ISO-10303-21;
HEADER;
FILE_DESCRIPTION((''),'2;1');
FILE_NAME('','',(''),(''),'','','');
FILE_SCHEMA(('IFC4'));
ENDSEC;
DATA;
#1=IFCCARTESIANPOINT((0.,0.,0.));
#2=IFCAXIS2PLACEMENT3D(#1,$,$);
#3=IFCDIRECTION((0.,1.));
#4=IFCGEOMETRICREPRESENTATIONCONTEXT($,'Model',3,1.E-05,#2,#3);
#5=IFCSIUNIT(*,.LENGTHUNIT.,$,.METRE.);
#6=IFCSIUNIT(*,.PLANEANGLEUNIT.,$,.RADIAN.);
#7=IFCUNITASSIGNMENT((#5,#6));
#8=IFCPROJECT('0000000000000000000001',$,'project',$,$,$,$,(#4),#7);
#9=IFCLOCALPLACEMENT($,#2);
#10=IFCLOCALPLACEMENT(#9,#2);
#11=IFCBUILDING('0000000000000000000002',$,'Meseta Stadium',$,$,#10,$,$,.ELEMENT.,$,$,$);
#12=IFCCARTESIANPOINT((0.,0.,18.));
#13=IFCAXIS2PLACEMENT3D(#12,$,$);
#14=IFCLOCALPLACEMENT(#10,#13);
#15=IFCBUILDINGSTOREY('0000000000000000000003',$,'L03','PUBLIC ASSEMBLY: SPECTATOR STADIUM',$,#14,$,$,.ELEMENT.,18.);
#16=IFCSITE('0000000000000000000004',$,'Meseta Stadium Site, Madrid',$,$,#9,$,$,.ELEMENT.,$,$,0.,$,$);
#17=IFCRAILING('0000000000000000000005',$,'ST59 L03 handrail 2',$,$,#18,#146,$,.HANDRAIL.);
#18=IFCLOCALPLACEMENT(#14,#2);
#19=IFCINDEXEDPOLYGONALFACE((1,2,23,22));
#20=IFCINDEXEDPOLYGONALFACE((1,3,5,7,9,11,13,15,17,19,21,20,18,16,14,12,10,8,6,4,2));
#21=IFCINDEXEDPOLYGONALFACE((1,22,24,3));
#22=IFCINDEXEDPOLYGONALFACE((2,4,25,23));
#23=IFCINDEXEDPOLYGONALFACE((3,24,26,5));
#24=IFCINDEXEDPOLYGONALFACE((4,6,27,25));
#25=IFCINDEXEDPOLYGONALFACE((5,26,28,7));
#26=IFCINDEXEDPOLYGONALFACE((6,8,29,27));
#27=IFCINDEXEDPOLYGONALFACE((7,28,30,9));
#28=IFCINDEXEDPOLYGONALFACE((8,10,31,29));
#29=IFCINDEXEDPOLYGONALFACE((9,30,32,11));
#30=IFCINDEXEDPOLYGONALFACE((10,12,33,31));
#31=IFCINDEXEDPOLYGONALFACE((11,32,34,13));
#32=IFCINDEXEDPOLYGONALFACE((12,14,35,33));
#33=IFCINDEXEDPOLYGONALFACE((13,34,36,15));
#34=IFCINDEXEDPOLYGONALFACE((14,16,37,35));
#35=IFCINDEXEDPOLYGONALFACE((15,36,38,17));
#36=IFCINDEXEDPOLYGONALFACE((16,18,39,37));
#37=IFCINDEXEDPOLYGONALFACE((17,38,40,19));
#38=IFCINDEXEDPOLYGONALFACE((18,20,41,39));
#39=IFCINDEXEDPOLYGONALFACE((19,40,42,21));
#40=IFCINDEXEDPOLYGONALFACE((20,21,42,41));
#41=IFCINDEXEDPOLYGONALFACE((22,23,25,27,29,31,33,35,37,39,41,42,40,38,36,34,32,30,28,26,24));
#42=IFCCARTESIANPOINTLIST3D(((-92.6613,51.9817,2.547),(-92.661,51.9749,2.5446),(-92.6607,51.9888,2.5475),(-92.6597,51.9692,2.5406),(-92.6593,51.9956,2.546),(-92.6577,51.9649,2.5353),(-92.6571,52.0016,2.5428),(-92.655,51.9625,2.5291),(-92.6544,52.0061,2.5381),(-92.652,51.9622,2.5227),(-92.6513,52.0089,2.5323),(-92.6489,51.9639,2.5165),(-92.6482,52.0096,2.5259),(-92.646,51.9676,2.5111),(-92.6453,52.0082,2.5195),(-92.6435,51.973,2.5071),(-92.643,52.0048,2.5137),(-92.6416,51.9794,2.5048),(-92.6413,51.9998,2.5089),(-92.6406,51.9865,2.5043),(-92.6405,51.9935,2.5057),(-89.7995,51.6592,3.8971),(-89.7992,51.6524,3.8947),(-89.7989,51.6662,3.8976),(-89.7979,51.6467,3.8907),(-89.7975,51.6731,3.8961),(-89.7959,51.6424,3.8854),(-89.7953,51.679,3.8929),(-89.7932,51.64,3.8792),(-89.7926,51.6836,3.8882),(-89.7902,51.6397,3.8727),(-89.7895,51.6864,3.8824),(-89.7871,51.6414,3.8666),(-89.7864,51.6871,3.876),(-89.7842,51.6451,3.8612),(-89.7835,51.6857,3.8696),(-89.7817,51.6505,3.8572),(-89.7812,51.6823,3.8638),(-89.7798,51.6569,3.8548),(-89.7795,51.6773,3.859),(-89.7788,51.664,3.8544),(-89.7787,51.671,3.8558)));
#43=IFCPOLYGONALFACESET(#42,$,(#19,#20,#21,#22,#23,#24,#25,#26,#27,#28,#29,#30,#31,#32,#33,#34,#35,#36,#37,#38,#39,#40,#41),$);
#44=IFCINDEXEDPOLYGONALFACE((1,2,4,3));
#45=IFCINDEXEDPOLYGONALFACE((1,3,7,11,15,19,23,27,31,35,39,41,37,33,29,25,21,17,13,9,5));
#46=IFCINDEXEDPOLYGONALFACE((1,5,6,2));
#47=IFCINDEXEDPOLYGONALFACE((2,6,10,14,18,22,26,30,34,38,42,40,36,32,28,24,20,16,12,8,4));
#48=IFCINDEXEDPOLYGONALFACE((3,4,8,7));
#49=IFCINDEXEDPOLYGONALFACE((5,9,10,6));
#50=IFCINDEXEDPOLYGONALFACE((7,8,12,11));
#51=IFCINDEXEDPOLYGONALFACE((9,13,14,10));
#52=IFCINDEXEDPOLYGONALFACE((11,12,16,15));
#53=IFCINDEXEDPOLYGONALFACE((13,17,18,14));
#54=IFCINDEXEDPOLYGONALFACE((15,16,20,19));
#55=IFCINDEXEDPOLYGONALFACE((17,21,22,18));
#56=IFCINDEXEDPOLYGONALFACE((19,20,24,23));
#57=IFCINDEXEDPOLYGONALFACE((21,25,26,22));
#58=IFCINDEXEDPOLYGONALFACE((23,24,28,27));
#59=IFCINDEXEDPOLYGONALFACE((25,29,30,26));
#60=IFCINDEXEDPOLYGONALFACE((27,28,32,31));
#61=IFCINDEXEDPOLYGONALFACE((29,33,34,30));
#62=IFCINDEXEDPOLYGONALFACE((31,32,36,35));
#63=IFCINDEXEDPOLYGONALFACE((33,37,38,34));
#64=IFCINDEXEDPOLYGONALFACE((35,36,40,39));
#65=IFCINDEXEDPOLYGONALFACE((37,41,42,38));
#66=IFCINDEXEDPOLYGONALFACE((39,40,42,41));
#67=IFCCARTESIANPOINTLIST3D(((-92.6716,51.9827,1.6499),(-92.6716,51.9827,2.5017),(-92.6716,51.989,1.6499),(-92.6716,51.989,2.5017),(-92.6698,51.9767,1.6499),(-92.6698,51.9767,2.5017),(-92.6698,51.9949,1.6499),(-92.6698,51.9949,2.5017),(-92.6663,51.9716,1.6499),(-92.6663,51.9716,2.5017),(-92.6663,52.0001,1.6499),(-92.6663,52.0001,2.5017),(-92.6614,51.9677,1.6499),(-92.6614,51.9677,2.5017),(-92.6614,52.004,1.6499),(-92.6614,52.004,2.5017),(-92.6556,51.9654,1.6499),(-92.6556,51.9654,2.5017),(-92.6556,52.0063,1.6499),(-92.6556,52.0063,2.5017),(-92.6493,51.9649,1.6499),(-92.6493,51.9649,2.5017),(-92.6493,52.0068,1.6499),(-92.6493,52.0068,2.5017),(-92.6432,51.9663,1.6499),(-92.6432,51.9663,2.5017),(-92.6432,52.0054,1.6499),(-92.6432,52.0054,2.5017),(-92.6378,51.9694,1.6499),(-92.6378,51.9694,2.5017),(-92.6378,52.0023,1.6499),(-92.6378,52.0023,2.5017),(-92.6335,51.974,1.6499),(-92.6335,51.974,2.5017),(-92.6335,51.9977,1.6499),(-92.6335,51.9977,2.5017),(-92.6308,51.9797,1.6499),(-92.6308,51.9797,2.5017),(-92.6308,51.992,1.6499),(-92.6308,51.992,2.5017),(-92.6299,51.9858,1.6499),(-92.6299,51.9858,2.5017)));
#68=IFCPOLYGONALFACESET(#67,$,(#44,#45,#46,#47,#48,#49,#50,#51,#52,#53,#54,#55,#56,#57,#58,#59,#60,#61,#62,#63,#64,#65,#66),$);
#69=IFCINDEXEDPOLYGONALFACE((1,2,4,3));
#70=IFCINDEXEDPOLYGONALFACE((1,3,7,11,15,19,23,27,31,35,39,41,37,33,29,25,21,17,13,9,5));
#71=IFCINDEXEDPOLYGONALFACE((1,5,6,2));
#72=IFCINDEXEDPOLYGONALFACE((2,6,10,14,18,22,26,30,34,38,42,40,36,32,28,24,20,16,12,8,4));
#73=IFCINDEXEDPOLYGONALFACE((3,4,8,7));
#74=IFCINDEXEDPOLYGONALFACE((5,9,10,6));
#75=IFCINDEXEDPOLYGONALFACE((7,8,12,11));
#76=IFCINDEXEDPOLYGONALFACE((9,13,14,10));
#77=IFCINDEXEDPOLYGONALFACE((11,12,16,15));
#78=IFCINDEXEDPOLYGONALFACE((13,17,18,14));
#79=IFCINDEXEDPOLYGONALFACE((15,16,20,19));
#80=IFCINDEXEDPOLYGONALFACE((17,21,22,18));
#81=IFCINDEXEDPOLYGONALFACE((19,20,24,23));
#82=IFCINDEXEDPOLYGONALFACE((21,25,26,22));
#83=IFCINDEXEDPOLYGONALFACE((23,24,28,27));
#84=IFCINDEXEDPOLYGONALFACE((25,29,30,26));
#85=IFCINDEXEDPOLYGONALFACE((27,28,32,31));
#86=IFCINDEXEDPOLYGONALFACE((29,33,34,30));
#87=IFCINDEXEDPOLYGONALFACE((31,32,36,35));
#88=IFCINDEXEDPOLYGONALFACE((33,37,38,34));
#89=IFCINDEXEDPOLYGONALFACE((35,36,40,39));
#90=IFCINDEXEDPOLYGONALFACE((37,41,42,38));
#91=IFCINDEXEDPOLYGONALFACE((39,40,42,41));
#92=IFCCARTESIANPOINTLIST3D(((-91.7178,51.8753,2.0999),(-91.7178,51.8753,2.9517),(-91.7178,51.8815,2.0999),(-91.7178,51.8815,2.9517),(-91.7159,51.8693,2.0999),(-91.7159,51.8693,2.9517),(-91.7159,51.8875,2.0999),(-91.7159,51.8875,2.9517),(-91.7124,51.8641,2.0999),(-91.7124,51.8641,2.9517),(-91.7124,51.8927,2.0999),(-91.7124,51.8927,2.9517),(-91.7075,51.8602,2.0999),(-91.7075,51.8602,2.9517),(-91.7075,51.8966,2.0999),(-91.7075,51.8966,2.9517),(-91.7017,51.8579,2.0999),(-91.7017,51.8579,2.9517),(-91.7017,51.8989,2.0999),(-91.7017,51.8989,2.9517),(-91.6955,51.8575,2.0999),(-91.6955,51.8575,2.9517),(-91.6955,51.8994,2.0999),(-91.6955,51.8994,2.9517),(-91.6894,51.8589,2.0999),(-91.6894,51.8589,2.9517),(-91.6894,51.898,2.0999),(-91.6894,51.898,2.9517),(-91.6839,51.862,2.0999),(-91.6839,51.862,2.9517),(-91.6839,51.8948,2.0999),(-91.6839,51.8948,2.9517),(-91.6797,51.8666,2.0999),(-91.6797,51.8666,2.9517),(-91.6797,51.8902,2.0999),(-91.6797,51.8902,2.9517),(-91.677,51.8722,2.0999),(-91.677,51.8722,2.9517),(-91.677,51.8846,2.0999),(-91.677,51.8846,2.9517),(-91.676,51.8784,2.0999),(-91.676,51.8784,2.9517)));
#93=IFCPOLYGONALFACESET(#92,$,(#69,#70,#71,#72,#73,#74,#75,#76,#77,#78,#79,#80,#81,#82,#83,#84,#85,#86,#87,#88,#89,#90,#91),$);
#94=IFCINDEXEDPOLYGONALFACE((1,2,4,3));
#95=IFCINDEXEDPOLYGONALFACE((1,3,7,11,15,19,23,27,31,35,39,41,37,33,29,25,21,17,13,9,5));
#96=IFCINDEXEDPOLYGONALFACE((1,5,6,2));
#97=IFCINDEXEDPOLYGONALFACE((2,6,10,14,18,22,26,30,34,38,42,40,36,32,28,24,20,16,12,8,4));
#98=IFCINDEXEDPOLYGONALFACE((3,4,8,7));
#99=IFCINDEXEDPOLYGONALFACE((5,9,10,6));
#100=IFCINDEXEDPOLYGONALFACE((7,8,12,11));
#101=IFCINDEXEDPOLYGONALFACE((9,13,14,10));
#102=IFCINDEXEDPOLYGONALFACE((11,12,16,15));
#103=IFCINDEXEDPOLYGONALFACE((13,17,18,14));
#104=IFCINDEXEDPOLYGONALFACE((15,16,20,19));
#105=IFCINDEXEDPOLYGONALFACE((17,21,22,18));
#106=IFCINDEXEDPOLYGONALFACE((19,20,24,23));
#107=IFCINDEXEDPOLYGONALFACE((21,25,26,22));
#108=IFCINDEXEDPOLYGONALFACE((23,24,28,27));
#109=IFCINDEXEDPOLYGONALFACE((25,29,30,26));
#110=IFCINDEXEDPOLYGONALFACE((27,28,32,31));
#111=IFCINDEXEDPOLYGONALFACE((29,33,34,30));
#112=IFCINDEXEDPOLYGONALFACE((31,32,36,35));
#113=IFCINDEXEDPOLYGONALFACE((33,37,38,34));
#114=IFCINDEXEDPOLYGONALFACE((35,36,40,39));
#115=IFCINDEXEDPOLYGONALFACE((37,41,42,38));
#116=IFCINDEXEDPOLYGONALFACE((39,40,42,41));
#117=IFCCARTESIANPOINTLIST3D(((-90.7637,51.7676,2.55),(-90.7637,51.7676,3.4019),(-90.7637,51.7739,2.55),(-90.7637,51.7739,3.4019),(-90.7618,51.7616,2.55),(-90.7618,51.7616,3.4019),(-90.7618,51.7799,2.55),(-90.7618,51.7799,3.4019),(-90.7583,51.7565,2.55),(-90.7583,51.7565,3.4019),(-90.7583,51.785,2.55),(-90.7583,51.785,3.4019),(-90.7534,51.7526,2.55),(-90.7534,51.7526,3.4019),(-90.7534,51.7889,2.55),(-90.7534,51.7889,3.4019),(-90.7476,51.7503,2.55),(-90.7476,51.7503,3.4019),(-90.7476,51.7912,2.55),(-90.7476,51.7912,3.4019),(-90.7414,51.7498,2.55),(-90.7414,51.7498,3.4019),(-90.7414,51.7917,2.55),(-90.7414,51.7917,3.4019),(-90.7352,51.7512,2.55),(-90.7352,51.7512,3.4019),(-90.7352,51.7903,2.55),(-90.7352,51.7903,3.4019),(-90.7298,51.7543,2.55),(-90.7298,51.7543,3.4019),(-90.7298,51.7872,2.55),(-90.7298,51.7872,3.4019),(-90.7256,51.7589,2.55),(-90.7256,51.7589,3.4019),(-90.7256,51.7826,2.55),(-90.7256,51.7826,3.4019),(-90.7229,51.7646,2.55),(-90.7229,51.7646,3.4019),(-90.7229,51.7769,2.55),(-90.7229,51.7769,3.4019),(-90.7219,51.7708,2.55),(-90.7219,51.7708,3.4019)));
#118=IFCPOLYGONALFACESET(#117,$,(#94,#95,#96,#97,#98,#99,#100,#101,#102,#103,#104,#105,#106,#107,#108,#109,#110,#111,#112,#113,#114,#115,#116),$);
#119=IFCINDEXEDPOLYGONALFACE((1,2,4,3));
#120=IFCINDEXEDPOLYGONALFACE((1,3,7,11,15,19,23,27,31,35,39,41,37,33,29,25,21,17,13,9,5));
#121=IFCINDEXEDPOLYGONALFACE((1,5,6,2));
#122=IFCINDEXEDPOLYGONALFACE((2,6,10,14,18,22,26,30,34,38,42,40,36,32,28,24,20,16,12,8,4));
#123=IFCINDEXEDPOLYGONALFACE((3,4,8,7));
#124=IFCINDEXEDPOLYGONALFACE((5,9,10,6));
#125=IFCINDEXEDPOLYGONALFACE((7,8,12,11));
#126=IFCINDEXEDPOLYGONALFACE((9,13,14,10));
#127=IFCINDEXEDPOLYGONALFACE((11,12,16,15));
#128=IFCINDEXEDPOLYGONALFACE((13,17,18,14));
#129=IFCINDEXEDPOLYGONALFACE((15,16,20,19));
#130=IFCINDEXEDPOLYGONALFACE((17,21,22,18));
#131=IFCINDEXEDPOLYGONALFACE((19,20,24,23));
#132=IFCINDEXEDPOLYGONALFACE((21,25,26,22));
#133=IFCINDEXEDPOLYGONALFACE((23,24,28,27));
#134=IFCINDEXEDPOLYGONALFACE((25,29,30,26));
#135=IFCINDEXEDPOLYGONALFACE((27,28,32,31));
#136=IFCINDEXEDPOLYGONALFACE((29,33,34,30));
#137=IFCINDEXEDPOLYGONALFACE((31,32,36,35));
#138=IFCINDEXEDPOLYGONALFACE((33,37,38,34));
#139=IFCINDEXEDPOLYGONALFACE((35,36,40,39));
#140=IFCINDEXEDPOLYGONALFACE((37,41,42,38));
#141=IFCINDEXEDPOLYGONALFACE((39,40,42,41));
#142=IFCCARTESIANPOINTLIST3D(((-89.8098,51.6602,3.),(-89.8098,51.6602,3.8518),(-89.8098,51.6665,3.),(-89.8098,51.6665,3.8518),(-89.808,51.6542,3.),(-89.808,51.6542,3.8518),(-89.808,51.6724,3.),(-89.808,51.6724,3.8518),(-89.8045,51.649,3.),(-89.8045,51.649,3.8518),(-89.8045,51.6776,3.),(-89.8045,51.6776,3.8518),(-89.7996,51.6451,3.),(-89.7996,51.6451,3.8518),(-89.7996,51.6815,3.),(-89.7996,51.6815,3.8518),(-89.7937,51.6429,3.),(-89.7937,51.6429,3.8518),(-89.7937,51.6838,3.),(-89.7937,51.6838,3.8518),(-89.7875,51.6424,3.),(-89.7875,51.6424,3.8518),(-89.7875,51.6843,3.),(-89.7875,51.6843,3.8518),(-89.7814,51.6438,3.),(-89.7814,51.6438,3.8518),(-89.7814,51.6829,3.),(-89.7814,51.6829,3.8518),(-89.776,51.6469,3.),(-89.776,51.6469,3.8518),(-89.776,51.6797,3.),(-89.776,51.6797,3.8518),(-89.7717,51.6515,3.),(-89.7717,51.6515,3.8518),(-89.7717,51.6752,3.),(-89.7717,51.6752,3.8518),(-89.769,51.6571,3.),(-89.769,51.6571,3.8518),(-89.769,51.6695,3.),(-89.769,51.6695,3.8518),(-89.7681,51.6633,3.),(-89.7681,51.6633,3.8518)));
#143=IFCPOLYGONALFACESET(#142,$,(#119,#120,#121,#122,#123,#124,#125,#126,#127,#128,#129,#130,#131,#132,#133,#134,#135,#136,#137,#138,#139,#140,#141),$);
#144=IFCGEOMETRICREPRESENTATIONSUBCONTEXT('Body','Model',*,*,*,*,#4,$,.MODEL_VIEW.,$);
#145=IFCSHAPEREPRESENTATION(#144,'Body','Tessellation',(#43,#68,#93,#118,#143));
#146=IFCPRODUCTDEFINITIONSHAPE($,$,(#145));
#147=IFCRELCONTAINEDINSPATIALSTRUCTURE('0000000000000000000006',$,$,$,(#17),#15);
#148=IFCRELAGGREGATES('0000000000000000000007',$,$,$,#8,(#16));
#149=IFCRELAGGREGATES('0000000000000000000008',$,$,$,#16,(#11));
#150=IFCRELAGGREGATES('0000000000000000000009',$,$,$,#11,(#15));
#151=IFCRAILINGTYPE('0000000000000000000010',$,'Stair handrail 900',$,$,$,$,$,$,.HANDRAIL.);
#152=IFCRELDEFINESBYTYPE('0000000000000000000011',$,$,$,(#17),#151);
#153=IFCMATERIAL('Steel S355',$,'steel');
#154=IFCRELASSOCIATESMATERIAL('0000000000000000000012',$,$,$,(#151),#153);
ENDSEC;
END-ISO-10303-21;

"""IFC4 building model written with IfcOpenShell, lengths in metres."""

from ifc_helpers import new_model, si_unit, direction, frame, origin, origin_2d, place, context, subcontext, project, spatial, circle, extrude, material, type_object, element, save


model = new_model("IFC4")

# Units and contexts
model_context = context("Model", 3, precision=1e-05, world=origin(), true_north=direction((0.0, 1.0)))
body_context = subcontext(model_context, "Body", "Model", "MODEL_VIEW")
ifc_project = project(units=[si_unit("LENGTHUNIT", "METRE"), si_unit("PLANEANGLEUNIT", "RADIAN")], contexts=[model_context])

# Site, building, storey
site_placement = place(None, origin())
site = spatial("IfcSite", under=ifc_project, at=site_placement, Name="Meseta Stadium Site, Madrid", CompositionType="ELEMENT", RefElevation=0.0)
building_placement = place(site_placement, origin())
building = spatial("IfcBuilding", under=site, at=building_placement, Name="Meseta Stadium", CompositionType="ELEMENT")
storey_placement = place(building_placement, frame((0.0, 0.0, 18.0)))
storey = spatial("IfcBuildingStorey", under=building, at=storey_placement, Name="L03", Description="PUBLIC ASSEMBLY: SPECTATOR STADIUM", CompositionType="ELEMENT", Elevation=18.0)

# Railing
ifc_material_1 = material(Name="Steel S355", Category="steel")
railing_type_1 = type_object("IfcRailingType", Name="Stair handrail 900", PredefinedType="HANDRAIL", material=ifc_material_1)
for number, where, name in (
    (1, (-92.6509, 51.9858, 1.6499), "ST59 L03 handrail 2"),
):
    element("IfcRailing", number, at=place(storey_placement, frame(where)), inside=storey, type_object=railing_type_1, Name=name, PredefinedType="HANDRAIL", context=body_context, shape_type="SweptSolid", body=[
        extrude(circle(Radius=0.0239, at=origin_2d()), frame((0.0, 0.0, 0.876), z_axis=(0.899748, -0.101396, 0.424467), x_axis=(0.111985, 0.99371, 0.0)), (0.0, 0.0, 1.0), 3.1807),
        extrude(circle(Radius=0.021, at=origin_2d()), origin(), (0.0, 0.0, 1.0), 0.8518),
        extrude(circle(Radius=0.021, at=origin_2d()), frame((0.9539, -0.1074, 0.45)), (0.0, 0.0, 1.0), 0.8518),
        extrude(circle(Radius=0.021, at=origin_2d()), frame((1.908, -0.2151, 0.9001)), (0.0, 0.0, 1.0), 0.8518),
        extrude(circle(Radius=0.021, at=origin_2d()), frame((2.8618, -0.3225, 1.3501)), (0.0, 0.0, 1.0), 0.8518),
    ])

save(model, "model.ifc")
